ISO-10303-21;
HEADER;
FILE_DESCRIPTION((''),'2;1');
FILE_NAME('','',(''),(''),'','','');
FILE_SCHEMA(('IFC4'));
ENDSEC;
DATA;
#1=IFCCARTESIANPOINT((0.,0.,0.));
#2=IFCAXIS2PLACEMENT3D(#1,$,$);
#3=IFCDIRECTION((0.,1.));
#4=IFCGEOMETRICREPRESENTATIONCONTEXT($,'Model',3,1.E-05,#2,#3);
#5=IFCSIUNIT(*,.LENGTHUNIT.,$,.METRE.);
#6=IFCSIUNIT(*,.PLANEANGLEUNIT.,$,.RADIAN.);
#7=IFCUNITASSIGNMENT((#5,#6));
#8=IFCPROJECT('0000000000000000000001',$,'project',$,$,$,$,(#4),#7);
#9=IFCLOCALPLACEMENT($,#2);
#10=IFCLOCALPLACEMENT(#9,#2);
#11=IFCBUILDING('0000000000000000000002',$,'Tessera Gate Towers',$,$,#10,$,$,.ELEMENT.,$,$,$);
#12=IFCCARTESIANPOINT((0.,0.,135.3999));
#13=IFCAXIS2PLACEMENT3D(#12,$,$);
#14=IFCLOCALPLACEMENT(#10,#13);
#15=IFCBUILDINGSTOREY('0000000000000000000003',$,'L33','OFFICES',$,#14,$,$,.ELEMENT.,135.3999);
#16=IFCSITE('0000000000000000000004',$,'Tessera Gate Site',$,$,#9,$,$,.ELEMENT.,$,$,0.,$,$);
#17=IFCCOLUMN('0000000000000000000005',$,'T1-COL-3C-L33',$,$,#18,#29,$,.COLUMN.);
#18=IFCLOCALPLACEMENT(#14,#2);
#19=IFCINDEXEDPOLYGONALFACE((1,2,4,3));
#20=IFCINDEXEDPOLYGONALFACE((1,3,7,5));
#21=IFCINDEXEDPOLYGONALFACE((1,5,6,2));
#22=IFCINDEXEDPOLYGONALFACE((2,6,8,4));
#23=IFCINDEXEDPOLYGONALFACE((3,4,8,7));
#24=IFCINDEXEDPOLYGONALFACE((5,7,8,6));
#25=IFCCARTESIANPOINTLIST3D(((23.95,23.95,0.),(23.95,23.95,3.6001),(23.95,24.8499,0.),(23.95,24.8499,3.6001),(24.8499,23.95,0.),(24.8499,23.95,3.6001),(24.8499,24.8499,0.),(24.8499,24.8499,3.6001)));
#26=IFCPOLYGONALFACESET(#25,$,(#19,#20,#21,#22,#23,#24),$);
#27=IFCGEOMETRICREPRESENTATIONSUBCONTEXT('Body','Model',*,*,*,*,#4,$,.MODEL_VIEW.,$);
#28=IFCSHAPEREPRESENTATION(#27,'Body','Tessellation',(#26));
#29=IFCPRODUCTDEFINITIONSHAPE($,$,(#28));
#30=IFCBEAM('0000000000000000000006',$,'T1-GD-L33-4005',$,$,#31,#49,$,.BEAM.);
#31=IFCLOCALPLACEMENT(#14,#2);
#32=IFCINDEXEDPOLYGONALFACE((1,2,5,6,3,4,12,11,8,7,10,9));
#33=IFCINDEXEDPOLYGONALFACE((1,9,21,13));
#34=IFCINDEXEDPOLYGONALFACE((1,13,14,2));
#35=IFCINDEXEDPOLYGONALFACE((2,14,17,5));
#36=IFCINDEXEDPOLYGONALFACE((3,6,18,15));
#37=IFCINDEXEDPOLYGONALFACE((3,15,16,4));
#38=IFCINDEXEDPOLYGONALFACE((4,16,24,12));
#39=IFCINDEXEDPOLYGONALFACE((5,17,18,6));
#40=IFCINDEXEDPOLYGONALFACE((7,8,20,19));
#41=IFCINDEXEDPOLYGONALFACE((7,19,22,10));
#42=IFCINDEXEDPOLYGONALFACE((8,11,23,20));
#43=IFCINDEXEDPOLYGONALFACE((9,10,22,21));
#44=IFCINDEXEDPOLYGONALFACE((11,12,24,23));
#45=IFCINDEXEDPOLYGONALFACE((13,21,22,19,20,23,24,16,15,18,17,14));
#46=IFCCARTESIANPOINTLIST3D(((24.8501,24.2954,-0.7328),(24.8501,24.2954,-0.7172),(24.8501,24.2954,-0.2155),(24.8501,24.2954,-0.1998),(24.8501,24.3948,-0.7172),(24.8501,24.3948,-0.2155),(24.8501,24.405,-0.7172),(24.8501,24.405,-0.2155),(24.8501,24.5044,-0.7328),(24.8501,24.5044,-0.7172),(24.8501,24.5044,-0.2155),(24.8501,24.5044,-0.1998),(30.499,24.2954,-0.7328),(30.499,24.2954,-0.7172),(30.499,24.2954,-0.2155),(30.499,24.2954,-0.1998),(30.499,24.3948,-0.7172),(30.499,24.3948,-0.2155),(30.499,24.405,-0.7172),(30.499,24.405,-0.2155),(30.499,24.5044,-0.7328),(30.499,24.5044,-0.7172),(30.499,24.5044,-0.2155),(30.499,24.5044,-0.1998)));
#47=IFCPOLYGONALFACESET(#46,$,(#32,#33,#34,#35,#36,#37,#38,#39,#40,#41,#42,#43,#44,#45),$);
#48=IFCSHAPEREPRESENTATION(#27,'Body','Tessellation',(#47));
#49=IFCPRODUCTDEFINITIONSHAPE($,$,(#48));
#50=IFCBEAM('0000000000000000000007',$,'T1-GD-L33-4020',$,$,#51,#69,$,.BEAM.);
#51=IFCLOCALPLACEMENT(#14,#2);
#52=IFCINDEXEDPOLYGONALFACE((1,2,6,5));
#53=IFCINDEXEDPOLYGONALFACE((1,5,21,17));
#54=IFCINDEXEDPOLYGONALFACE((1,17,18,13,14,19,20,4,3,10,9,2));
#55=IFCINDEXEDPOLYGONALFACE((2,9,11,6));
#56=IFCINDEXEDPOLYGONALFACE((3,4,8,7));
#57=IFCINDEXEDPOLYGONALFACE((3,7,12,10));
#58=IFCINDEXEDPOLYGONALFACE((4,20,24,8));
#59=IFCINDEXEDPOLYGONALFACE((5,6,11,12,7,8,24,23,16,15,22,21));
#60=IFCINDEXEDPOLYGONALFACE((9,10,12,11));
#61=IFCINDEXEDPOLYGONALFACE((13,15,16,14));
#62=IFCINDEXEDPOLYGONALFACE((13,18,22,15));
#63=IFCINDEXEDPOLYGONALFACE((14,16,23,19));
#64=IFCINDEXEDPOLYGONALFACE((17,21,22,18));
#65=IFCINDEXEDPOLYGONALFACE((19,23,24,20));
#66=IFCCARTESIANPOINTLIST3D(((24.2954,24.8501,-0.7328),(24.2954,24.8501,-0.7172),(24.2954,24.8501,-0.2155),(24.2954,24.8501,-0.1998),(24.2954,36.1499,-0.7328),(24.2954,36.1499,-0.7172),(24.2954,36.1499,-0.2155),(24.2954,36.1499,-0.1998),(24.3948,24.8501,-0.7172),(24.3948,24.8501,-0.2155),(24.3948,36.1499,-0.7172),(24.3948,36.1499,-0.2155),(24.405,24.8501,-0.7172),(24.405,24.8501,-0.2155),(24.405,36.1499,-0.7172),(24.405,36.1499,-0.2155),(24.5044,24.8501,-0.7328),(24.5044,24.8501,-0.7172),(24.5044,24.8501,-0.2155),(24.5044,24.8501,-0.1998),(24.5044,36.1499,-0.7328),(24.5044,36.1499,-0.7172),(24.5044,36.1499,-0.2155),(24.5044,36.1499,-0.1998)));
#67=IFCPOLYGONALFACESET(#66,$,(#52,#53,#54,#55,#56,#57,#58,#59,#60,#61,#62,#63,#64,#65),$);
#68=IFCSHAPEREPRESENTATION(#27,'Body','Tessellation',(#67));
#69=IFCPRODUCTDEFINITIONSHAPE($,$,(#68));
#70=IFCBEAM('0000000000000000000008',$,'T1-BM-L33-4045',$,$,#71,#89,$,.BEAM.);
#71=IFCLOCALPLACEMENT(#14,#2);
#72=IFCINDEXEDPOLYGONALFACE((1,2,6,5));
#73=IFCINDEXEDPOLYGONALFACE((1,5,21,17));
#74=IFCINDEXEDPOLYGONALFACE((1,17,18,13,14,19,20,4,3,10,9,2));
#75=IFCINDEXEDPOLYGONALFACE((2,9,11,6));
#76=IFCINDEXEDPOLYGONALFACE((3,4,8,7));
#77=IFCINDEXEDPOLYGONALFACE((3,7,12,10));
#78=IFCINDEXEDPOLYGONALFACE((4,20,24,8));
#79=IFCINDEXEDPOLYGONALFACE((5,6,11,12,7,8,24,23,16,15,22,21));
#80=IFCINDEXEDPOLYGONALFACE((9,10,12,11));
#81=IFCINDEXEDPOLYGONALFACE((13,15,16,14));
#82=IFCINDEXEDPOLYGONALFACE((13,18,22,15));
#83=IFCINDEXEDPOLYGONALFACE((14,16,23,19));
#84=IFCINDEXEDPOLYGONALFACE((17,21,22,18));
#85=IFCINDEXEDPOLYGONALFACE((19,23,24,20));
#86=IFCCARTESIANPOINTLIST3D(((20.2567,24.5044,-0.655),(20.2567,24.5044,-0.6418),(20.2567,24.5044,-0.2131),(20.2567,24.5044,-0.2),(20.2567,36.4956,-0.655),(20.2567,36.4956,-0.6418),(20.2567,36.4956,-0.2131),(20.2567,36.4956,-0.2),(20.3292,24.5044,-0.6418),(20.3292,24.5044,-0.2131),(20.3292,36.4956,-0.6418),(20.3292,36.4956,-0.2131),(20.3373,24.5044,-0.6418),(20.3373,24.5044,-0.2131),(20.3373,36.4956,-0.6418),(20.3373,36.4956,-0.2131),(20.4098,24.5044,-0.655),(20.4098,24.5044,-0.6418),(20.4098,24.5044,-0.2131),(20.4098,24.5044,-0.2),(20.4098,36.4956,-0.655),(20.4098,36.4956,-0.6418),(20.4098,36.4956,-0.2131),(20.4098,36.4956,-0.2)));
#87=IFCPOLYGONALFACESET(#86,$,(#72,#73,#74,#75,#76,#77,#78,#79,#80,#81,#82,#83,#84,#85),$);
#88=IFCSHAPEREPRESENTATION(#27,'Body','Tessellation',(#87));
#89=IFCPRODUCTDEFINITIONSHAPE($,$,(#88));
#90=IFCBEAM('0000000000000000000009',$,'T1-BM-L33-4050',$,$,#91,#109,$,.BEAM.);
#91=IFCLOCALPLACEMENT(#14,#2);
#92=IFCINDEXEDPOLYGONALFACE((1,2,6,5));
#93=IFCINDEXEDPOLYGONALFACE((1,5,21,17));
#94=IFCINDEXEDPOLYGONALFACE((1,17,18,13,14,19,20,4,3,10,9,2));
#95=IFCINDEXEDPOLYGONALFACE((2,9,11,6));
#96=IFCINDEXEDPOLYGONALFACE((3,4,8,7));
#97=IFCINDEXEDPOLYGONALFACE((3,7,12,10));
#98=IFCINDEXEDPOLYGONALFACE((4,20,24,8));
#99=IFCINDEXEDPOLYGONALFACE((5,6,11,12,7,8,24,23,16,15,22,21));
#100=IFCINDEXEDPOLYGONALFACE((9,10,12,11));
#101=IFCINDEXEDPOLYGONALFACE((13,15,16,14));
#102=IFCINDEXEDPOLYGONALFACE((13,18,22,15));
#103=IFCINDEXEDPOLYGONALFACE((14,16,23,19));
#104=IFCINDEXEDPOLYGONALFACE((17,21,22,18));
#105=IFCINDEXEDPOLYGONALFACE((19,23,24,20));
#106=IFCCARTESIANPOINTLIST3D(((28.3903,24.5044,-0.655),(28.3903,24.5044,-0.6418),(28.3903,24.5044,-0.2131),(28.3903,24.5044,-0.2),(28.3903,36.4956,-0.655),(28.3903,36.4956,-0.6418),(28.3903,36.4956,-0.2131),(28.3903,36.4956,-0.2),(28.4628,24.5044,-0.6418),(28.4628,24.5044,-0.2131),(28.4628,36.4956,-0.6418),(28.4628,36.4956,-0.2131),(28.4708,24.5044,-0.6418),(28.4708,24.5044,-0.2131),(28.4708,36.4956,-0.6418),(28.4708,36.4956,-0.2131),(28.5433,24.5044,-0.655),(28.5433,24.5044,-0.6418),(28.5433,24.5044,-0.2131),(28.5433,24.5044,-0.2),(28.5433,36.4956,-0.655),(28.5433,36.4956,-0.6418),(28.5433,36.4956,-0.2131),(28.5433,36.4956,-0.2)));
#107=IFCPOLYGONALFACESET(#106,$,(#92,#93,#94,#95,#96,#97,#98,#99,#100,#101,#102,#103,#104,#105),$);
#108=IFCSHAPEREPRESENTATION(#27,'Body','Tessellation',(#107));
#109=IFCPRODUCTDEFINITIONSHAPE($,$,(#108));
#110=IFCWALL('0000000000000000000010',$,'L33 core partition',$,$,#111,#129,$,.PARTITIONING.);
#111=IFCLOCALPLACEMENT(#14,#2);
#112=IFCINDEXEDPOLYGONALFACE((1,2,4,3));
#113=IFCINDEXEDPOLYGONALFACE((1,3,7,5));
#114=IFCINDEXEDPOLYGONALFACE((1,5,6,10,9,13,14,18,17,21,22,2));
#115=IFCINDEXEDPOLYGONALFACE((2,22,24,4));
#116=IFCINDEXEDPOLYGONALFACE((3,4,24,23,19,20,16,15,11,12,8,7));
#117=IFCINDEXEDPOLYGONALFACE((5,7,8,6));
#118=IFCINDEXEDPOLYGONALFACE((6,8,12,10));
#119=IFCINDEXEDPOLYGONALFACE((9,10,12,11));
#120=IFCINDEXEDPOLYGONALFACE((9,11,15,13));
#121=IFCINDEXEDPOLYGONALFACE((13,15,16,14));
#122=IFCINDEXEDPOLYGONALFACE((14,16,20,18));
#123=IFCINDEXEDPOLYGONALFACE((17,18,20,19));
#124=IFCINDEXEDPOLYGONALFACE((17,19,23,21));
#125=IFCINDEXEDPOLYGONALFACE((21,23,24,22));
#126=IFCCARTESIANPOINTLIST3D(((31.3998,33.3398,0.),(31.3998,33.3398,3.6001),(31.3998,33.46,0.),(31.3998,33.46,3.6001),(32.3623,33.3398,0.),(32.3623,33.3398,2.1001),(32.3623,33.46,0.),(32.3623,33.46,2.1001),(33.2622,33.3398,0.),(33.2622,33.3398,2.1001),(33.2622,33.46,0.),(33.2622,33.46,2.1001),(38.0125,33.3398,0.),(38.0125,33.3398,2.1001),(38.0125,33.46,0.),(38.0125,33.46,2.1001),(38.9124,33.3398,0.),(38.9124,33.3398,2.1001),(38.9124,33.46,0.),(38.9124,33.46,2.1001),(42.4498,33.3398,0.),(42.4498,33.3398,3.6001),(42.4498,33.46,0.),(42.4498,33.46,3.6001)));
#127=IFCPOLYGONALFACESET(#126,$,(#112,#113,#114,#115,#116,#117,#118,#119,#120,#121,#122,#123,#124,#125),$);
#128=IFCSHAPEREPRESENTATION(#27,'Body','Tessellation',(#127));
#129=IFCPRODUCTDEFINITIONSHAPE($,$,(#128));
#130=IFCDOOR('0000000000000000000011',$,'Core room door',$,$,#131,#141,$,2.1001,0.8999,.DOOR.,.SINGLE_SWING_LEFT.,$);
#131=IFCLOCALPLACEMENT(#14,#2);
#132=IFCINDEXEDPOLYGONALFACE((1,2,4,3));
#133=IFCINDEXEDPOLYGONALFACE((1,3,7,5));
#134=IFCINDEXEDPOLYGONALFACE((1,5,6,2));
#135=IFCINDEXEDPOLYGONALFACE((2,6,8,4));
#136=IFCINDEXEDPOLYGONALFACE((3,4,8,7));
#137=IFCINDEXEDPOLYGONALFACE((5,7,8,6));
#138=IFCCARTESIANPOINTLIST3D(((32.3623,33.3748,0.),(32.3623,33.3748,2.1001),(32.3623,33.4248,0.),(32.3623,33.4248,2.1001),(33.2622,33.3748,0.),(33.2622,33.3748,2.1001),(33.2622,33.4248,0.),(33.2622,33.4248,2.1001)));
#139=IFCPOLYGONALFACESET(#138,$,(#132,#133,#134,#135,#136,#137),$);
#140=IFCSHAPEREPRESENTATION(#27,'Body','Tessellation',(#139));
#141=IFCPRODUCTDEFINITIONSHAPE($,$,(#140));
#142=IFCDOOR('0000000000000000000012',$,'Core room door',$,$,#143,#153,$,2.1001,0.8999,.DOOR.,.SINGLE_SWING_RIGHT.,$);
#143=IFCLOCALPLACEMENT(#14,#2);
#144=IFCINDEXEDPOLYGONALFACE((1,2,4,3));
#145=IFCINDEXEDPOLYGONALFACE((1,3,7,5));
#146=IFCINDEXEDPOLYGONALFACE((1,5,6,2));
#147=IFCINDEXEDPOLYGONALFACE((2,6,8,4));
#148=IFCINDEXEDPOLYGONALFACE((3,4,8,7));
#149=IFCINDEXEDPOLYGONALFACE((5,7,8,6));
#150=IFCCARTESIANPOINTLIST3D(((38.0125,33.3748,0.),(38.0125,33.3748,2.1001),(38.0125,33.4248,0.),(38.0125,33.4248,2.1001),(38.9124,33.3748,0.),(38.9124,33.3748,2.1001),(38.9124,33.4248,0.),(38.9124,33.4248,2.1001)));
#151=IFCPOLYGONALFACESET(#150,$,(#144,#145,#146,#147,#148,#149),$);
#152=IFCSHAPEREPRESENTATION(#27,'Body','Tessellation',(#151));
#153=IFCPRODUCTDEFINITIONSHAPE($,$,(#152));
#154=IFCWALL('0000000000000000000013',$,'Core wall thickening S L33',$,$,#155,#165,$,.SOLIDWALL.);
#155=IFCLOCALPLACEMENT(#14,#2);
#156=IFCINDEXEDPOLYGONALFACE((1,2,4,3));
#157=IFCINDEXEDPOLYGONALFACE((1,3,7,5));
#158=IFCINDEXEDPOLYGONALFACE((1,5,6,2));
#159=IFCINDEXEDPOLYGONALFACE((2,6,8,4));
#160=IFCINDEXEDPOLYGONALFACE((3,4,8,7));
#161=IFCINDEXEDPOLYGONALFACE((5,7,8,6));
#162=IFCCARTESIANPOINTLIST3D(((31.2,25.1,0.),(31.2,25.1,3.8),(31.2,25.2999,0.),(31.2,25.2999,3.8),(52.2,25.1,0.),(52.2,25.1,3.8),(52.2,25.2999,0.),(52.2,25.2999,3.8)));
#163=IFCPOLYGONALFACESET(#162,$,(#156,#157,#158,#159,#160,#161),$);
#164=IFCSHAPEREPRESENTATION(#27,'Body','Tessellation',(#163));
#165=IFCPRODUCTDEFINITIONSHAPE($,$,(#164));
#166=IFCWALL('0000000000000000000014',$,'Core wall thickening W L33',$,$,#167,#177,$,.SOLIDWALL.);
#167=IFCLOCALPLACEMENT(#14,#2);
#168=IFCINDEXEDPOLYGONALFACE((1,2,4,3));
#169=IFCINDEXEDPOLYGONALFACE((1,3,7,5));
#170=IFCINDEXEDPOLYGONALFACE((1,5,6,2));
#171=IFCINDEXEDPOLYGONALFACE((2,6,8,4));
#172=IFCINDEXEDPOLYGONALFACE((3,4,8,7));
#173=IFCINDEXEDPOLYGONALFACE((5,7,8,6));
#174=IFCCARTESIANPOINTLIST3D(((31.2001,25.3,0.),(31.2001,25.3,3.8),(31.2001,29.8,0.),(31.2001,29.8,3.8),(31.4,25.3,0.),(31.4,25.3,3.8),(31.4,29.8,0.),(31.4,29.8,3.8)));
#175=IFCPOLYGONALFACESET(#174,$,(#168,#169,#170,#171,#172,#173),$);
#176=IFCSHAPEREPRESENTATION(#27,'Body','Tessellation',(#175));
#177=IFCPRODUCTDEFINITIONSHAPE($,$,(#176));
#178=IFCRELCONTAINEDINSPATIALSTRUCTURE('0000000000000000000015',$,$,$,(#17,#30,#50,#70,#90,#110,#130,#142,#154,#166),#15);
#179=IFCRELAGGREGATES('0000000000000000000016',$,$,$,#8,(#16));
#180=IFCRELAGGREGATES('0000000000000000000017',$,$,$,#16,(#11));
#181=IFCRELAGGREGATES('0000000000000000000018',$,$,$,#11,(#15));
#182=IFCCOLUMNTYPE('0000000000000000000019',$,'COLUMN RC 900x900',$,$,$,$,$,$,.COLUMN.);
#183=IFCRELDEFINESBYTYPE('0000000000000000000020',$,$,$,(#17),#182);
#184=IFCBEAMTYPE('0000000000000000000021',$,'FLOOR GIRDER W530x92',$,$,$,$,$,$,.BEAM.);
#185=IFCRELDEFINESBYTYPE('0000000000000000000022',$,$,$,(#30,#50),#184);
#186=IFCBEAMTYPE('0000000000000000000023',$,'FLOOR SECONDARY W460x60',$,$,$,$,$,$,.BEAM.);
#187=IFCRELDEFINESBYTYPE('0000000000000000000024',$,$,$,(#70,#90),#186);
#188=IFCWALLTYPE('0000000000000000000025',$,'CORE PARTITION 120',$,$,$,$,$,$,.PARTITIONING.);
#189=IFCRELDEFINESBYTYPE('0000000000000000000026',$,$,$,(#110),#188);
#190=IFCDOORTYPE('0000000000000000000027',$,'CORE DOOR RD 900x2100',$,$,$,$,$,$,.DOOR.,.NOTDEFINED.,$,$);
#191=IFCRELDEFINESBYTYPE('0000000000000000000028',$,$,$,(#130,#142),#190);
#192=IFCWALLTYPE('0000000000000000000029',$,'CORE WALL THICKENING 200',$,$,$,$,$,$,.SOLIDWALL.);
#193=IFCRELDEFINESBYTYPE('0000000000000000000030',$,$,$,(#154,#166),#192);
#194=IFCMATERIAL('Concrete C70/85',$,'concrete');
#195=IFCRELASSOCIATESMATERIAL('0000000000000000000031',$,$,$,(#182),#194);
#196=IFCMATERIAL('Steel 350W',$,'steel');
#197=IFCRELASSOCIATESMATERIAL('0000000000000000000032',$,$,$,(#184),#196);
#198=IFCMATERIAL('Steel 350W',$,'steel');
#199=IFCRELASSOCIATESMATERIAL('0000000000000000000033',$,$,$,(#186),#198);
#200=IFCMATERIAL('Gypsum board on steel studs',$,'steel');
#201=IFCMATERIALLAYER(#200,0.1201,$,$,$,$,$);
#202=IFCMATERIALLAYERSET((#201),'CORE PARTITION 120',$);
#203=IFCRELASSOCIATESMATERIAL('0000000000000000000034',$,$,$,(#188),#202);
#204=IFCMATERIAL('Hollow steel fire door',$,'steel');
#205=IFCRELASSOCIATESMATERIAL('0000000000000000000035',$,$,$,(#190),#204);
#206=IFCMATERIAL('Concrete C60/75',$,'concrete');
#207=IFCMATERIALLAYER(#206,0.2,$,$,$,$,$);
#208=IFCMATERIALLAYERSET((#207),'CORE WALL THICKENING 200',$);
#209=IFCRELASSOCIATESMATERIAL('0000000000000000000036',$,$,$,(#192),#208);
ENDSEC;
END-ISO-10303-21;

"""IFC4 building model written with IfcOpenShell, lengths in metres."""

from ifc_helpers import new_model, si_unit, direction, frame, frame_2d, origin, origin_2d, place, context, subcontext, project, spatial, rectangle, i_section, extrude, source, transform, mapped, material, layer, layer_set, material_profile, profile_set, type_object, element, fill, save


model = new_model("IFC4")

# Units and contexts
model_context = context("Model", 3, precision=1e-05, world=origin(), true_north=direction((0.0, 1.0)))
body_context = subcontext(model_context, "Body", "Model", "MODEL_VIEW")
ifc_project = project(units=[si_unit("LENGTHUNIT", "METRE"), si_unit("PLANEANGLEUNIT", "RADIAN")], contexts=[model_context])

# Site, building, storey
site_placement = place(None, origin())
site = spatial("IfcSite", under=ifc_project, at=site_placement, Name="Tessera Gate Site", CompositionType="ELEMENT", RefElevation=0.0)
building_placement = place(site_placement, origin())
building = spatial("IfcBuilding", under=site, at=building_placement, Name="Tessera Gate Towers", CompositionType="ELEMENT")
storey_placement = place(building_placement, frame((0.0, 0.0, 135.3999)))
storey = spatial("IfcBuildingStorey", under=building, at=storey_placement, Name="L33", Description="OFFICES", CompositionType="ELEMENT", Elevation=135.3999)

# Column
ifc_material_1 = material(Name="Concrete C70/85", Category="concrete")
ifc_material_profile_1 = material_profile(ifc_material_1, rectangle(XDim=0.8999, YDim=0.8999, at=origin_2d()), Name="RC 900x900")
ifc_profile_set_1 = profile_set([ifc_material_profile_1], Name="Concrete C70/85")
column_type = type_object("IfcColumnType", Name="COLUMN RC 900x900", PredefinedType="COLUMN", material=ifc_profile_set_1)
column_placement = place(storey_placement, frame((24.3999, 24.3999, 0.0), z_axis=(0.0, 0.0, 1.0), x_axis=(1.0, 0.0, 0.0)))
element("IfcColumn", 1, at=column_placement, inside=storey, type_object=column_type, Name="T1-COL-3C-L33", PredefinedType="COLUMN", context=body_context, shape_type="SweptSolid", body=[
    extrude(rectangle(XDim=0.8999, YDim=0.8999, at=origin_2d()), origin(), (0.0, 0.0, 1.0), 3.6001),
])

# Beams
ifc_material_2 = material(Name="Steel 350W", Category="steel")
ifc_material_profile_2 = material_profile(ifc_material_2, i_section(OverallWidth=0.209, OverallDepth=0.533, WebThickness=0.0103, FlangeThickness=0.0156, at=origin_2d()), Name="W530x92")
ifc_profile_set_2 = profile_set([ifc_material_profile_2], Name="Steel 350W")
beam_type_1 = type_object("IfcBeamType", Name="FLOOR GIRDER W530x92", PredefinedType="BEAM", material=ifc_profile_set_2)
beam_1_placement = place(storey_placement, frame((24.8501, 24.3999, -0.4663), z_axis=(1.0, 0.0, 0.0), x_axis=(0.0, 1.0, 0.0)))
element("IfcBeam", 2, at=beam_1_placement, inside=storey, type_object=beam_type_1, Name="T1-GD-L33-4005", PredefinedType="BEAM", context=body_context, shape_type="SweptSolid", body=[
    extrude(i_section(OverallWidth=0.209, OverallDepth=0.533, WebThickness=0.0103, FlangeThickness=0.0156, at=origin_2d()), origin(), (0.0, 0.0, 1.0), 5.6489),
])
beam_2_placement = place(storey_placement, frame((24.3999, 24.8501, -0.4663), z_axis=(0.0, 1.0, 0.0), x_axis=(-1.0, 0.0, 0.0)))
element("IfcBeam", 3, at=beam_2_placement, inside=storey, type_object=beam_type_1, Name="T1-GD-L33-4020", PredefinedType="BEAM", context=body_context, shape_type="SweptSolid", body=[
    extrude(i_section(OverallWidth=0.209, OverallDepth=0.533, WebThickness=0.0103, FlangeThickness=0.0156, at=origin_2d()), origin(), (0.0, 0.0, 1.0), 11.2998),
])
ifc_material_3 = material(Name="Steel 350W", Category="steel")
ifc_material_profile_3 = material_profile(ifc_material_3, i_section(OverallWidth=0.1531, OverallDepth=0.4551, WebThickness=0.0081, FlangeThickness=0.0132, at=origin_2d()), Name="W460x60")
ifc_profile_set_3 = profile_set([ifc_material_profile_3], Name="Steel 350W")
beam_type_2 = type_object("IfcBeamType", Name="FLOOR SECONDARY W460x60", PredefinedType="BEAM", material=ifc_profile_set_3)
for number, where, z_axis, x_axis, name in (
    (4, (20.3333, 24.5044, -0.4275), (0.0, 1.0, 0.0), (-1.0, 0.0, 0.0), "T1-BM-L33-4045"),
    (5, (28.4668, 24.5044, -0.4275), (0.0, 1.0, 0.0), (-1.0, 0.0, 0.0), "T1-BM-L33-4050"),
):
    element("IfcBeam", number, at=place(storey_placement, frame(where, z_axis=z_axis, x_axis=x_axis)), inside=storey, type_object=beam_type_2, Name=name, PredefinedType="BEAM", context=body_context, shape_type="SweptSolid", body=[
        extrude(i_section(OverallWidth=0.1531, OverallDepth=0.4551, WebThickness=0.0081, FlangeThickness=0.0132, at=origin_2d()), origin(), (0.0, 0.0, 1.0), 11.9912),
    ])

# Wall, openings, doors
ifc_material_4 = material(Name="Gypsum board on steel studs", Category="steel")
ifc_layer_1 = layer(ifc_material_4, 0.1201)
ifc_layer_set_1 = layer_set([ifc_layer_1], Name="CORE PARTITION 120")
wall_type_1 = type_object("IfcWallType", Name="CORE PARTITION 120", PredefinedType="PARTITIONING", material=ifc_layer_set_1)
wall_1_placement = place(storey_placement, frame((31.3999, 33.3999, 0.0), z_axis=(0.0, 0.0, 1.0), x_axis=(1.0, 0.0, 0.0)))
wall_1 = element("IfcWall", 6, at=wall_1_placement, inside=storey, type_object=wall_type_1, Name="L33 core partition", PredefinedType="PARTITIONING", context=body_context, shape_type="SweptSolid", body=[
    extrude(rectangle(XDim=11.05, YDim=0.1201, at=frame_2d((5.5249, 0.0))), origin(), (0.0, 0.0, 1.0), 3.6001),
])
shared_shape_1 = source(origin(), body_context, "Body", "SweptSolid", [
    extrude(rectangle(XDim=0.8999, YDim=2.1001, at=frame_2d((0.45, 1.05))), frame((0.0, 0.0701, 0.0), z_axis=(0.0, -1.0, 0.0), x_axis=(1.0, 0.0, 0.0)), (0.0, 0.0, 1.0), 0.1401),
])
opening_1_placement = place(wall_1_placement, frame((0.9624, 0.0, 0.0)))
opening_1 = element("IfcOpeningElement", 7, at=opening_1_placement, cuts=wall_1, PredefinedType="OPENING", context=body_context, shape_type="MappedRepresentation", body=[
    mapped(shared_shape_1, transform((0.0, 0.0, 0.0), scale=1.0)),
])
opening_2_placement = place(wall_1_placement, frame((6.6125, 0.0, 0.0)))
opening_2 = element("IfcOpeningElement", 8, at=opening_2_placement, cuts=wall_1, PredefinedType="OPENING", context=body_context, shape_type="MappedRepresentation", body=[
    mapped(shared_shape_1, transform((0.0, 0.0, 0.0), scale=1.0)),
])
ifc_material_5 = material(Name="Hollow steel fire door", Category="steel")
door_type_1 = type_object("IfcDoorType", Name="CORE DOOR RD 900x2100", OperationType="NOTDEFINED", PredefinedType="DOOR", material=ifc_material_5)
shared_shape_2 = source(origin(), body_context, "Body", "SweptSolid", [
    extrude(rectangle(XDim=0.8999, YDim=2.1001, at=frame_2d((0.45, 1.05))), frame((0.0, 0.0249, 0.0), z_axis=(0.0, -1.0, 0.0), x_axis=(1.0, 0.0, 0.0)), (0.0, 0.0, 1.0), 0.05),
])
door_1_placement = place(opening_1_placement, origin())
door_1 = element("IfcDoor", 9, at=door_1_placement, inside=storey, type_object=door_type_1, Name="Core room door", OperationType="SINGLE_SWING_LEFT", OverallHeight=2.1001, OverallWidth=0.8999, PredefinedType="DOOR", context=body_context, shape_type="MappedRepresentation", body=[
    mapped(shared_shape_2, transform((0.0, 0.0, 0.0), scale=1.0)),
])
fill(opening_1, door_1)
door_2_placement = place(opening_2_placement, origin())
door_2 = element("IfcDoor", 10, at=door_2_placement, inside=storey, type_object=door_type_1, Name="Core room door", OperationType="SINGLE_SWING_RIGHT", OverallHeight=2.1001, OverallWidth=0.8999, PredefinedType="DOOR", context=body_context, shape_type="MappedRepresentation", body=[
    mapped(shared_shape_2, transform((0.0, 0.0, 0.0), scale=1.0)),
])
fill(opening_2, door_2)

# Walls
ifc_material_6 = material(Name="Concrete C60/75", Category="concrete")
ifc_layer_2 = layer(ifc_material_6, 0.2)
ifc_layer_set_2 = layer_set([ifc_layer_2], Name="CORE WALL THICKENING 200")
wall_type_2 = type_object("IfcWallType", Name="CORE WALL THICKENING 200", PredefinedType="SOLIDWALL", material=ifc_layer_set_2)
wall_2_placement = place(storey_placement, frame((31.2, 25.2, 0.0), z_axis=(0.0, 0.0, 1.0), x_axis=(1.0, 0.0, 0.0)))
element("IfcWall", 11, at=wall_2_placement, inside=storey, type_object=wall_type_2, Name="Core wall thickening S L33", PredefinedType="SOLIDWALL", context=body_context, shape_type="SweptSolid", body=[
    extrude(rectangle(XDim=21.0, YDim=0.2, at=frame_2d((10.5, 0.0))), origin(), (0.0, 0.0, 1.0), 3.8),
])
wall_3_placement = place(storey_placement, frame((31.3, 25.3, 0.0), z_axis=(0.0, 0.0, 1.0), x_axis=(0.0, 1.0, 0.0)))
element("IfcWall", 12, at=wall_3_placement, inside=storey, type_object=wall_type_2, Name="Core wall thickening W L33", PredefinedType="SOLIDWALL", context=body_context, shape_type="SweptSolid", body=[
    extrude(rectangle(XDim=4.5, YDim=0.2, at=frame_2d((2.25, 0.0))), origin(), (0.0, 0.0, 1.0), 3.8),
])

save(model, "model.ifc")
